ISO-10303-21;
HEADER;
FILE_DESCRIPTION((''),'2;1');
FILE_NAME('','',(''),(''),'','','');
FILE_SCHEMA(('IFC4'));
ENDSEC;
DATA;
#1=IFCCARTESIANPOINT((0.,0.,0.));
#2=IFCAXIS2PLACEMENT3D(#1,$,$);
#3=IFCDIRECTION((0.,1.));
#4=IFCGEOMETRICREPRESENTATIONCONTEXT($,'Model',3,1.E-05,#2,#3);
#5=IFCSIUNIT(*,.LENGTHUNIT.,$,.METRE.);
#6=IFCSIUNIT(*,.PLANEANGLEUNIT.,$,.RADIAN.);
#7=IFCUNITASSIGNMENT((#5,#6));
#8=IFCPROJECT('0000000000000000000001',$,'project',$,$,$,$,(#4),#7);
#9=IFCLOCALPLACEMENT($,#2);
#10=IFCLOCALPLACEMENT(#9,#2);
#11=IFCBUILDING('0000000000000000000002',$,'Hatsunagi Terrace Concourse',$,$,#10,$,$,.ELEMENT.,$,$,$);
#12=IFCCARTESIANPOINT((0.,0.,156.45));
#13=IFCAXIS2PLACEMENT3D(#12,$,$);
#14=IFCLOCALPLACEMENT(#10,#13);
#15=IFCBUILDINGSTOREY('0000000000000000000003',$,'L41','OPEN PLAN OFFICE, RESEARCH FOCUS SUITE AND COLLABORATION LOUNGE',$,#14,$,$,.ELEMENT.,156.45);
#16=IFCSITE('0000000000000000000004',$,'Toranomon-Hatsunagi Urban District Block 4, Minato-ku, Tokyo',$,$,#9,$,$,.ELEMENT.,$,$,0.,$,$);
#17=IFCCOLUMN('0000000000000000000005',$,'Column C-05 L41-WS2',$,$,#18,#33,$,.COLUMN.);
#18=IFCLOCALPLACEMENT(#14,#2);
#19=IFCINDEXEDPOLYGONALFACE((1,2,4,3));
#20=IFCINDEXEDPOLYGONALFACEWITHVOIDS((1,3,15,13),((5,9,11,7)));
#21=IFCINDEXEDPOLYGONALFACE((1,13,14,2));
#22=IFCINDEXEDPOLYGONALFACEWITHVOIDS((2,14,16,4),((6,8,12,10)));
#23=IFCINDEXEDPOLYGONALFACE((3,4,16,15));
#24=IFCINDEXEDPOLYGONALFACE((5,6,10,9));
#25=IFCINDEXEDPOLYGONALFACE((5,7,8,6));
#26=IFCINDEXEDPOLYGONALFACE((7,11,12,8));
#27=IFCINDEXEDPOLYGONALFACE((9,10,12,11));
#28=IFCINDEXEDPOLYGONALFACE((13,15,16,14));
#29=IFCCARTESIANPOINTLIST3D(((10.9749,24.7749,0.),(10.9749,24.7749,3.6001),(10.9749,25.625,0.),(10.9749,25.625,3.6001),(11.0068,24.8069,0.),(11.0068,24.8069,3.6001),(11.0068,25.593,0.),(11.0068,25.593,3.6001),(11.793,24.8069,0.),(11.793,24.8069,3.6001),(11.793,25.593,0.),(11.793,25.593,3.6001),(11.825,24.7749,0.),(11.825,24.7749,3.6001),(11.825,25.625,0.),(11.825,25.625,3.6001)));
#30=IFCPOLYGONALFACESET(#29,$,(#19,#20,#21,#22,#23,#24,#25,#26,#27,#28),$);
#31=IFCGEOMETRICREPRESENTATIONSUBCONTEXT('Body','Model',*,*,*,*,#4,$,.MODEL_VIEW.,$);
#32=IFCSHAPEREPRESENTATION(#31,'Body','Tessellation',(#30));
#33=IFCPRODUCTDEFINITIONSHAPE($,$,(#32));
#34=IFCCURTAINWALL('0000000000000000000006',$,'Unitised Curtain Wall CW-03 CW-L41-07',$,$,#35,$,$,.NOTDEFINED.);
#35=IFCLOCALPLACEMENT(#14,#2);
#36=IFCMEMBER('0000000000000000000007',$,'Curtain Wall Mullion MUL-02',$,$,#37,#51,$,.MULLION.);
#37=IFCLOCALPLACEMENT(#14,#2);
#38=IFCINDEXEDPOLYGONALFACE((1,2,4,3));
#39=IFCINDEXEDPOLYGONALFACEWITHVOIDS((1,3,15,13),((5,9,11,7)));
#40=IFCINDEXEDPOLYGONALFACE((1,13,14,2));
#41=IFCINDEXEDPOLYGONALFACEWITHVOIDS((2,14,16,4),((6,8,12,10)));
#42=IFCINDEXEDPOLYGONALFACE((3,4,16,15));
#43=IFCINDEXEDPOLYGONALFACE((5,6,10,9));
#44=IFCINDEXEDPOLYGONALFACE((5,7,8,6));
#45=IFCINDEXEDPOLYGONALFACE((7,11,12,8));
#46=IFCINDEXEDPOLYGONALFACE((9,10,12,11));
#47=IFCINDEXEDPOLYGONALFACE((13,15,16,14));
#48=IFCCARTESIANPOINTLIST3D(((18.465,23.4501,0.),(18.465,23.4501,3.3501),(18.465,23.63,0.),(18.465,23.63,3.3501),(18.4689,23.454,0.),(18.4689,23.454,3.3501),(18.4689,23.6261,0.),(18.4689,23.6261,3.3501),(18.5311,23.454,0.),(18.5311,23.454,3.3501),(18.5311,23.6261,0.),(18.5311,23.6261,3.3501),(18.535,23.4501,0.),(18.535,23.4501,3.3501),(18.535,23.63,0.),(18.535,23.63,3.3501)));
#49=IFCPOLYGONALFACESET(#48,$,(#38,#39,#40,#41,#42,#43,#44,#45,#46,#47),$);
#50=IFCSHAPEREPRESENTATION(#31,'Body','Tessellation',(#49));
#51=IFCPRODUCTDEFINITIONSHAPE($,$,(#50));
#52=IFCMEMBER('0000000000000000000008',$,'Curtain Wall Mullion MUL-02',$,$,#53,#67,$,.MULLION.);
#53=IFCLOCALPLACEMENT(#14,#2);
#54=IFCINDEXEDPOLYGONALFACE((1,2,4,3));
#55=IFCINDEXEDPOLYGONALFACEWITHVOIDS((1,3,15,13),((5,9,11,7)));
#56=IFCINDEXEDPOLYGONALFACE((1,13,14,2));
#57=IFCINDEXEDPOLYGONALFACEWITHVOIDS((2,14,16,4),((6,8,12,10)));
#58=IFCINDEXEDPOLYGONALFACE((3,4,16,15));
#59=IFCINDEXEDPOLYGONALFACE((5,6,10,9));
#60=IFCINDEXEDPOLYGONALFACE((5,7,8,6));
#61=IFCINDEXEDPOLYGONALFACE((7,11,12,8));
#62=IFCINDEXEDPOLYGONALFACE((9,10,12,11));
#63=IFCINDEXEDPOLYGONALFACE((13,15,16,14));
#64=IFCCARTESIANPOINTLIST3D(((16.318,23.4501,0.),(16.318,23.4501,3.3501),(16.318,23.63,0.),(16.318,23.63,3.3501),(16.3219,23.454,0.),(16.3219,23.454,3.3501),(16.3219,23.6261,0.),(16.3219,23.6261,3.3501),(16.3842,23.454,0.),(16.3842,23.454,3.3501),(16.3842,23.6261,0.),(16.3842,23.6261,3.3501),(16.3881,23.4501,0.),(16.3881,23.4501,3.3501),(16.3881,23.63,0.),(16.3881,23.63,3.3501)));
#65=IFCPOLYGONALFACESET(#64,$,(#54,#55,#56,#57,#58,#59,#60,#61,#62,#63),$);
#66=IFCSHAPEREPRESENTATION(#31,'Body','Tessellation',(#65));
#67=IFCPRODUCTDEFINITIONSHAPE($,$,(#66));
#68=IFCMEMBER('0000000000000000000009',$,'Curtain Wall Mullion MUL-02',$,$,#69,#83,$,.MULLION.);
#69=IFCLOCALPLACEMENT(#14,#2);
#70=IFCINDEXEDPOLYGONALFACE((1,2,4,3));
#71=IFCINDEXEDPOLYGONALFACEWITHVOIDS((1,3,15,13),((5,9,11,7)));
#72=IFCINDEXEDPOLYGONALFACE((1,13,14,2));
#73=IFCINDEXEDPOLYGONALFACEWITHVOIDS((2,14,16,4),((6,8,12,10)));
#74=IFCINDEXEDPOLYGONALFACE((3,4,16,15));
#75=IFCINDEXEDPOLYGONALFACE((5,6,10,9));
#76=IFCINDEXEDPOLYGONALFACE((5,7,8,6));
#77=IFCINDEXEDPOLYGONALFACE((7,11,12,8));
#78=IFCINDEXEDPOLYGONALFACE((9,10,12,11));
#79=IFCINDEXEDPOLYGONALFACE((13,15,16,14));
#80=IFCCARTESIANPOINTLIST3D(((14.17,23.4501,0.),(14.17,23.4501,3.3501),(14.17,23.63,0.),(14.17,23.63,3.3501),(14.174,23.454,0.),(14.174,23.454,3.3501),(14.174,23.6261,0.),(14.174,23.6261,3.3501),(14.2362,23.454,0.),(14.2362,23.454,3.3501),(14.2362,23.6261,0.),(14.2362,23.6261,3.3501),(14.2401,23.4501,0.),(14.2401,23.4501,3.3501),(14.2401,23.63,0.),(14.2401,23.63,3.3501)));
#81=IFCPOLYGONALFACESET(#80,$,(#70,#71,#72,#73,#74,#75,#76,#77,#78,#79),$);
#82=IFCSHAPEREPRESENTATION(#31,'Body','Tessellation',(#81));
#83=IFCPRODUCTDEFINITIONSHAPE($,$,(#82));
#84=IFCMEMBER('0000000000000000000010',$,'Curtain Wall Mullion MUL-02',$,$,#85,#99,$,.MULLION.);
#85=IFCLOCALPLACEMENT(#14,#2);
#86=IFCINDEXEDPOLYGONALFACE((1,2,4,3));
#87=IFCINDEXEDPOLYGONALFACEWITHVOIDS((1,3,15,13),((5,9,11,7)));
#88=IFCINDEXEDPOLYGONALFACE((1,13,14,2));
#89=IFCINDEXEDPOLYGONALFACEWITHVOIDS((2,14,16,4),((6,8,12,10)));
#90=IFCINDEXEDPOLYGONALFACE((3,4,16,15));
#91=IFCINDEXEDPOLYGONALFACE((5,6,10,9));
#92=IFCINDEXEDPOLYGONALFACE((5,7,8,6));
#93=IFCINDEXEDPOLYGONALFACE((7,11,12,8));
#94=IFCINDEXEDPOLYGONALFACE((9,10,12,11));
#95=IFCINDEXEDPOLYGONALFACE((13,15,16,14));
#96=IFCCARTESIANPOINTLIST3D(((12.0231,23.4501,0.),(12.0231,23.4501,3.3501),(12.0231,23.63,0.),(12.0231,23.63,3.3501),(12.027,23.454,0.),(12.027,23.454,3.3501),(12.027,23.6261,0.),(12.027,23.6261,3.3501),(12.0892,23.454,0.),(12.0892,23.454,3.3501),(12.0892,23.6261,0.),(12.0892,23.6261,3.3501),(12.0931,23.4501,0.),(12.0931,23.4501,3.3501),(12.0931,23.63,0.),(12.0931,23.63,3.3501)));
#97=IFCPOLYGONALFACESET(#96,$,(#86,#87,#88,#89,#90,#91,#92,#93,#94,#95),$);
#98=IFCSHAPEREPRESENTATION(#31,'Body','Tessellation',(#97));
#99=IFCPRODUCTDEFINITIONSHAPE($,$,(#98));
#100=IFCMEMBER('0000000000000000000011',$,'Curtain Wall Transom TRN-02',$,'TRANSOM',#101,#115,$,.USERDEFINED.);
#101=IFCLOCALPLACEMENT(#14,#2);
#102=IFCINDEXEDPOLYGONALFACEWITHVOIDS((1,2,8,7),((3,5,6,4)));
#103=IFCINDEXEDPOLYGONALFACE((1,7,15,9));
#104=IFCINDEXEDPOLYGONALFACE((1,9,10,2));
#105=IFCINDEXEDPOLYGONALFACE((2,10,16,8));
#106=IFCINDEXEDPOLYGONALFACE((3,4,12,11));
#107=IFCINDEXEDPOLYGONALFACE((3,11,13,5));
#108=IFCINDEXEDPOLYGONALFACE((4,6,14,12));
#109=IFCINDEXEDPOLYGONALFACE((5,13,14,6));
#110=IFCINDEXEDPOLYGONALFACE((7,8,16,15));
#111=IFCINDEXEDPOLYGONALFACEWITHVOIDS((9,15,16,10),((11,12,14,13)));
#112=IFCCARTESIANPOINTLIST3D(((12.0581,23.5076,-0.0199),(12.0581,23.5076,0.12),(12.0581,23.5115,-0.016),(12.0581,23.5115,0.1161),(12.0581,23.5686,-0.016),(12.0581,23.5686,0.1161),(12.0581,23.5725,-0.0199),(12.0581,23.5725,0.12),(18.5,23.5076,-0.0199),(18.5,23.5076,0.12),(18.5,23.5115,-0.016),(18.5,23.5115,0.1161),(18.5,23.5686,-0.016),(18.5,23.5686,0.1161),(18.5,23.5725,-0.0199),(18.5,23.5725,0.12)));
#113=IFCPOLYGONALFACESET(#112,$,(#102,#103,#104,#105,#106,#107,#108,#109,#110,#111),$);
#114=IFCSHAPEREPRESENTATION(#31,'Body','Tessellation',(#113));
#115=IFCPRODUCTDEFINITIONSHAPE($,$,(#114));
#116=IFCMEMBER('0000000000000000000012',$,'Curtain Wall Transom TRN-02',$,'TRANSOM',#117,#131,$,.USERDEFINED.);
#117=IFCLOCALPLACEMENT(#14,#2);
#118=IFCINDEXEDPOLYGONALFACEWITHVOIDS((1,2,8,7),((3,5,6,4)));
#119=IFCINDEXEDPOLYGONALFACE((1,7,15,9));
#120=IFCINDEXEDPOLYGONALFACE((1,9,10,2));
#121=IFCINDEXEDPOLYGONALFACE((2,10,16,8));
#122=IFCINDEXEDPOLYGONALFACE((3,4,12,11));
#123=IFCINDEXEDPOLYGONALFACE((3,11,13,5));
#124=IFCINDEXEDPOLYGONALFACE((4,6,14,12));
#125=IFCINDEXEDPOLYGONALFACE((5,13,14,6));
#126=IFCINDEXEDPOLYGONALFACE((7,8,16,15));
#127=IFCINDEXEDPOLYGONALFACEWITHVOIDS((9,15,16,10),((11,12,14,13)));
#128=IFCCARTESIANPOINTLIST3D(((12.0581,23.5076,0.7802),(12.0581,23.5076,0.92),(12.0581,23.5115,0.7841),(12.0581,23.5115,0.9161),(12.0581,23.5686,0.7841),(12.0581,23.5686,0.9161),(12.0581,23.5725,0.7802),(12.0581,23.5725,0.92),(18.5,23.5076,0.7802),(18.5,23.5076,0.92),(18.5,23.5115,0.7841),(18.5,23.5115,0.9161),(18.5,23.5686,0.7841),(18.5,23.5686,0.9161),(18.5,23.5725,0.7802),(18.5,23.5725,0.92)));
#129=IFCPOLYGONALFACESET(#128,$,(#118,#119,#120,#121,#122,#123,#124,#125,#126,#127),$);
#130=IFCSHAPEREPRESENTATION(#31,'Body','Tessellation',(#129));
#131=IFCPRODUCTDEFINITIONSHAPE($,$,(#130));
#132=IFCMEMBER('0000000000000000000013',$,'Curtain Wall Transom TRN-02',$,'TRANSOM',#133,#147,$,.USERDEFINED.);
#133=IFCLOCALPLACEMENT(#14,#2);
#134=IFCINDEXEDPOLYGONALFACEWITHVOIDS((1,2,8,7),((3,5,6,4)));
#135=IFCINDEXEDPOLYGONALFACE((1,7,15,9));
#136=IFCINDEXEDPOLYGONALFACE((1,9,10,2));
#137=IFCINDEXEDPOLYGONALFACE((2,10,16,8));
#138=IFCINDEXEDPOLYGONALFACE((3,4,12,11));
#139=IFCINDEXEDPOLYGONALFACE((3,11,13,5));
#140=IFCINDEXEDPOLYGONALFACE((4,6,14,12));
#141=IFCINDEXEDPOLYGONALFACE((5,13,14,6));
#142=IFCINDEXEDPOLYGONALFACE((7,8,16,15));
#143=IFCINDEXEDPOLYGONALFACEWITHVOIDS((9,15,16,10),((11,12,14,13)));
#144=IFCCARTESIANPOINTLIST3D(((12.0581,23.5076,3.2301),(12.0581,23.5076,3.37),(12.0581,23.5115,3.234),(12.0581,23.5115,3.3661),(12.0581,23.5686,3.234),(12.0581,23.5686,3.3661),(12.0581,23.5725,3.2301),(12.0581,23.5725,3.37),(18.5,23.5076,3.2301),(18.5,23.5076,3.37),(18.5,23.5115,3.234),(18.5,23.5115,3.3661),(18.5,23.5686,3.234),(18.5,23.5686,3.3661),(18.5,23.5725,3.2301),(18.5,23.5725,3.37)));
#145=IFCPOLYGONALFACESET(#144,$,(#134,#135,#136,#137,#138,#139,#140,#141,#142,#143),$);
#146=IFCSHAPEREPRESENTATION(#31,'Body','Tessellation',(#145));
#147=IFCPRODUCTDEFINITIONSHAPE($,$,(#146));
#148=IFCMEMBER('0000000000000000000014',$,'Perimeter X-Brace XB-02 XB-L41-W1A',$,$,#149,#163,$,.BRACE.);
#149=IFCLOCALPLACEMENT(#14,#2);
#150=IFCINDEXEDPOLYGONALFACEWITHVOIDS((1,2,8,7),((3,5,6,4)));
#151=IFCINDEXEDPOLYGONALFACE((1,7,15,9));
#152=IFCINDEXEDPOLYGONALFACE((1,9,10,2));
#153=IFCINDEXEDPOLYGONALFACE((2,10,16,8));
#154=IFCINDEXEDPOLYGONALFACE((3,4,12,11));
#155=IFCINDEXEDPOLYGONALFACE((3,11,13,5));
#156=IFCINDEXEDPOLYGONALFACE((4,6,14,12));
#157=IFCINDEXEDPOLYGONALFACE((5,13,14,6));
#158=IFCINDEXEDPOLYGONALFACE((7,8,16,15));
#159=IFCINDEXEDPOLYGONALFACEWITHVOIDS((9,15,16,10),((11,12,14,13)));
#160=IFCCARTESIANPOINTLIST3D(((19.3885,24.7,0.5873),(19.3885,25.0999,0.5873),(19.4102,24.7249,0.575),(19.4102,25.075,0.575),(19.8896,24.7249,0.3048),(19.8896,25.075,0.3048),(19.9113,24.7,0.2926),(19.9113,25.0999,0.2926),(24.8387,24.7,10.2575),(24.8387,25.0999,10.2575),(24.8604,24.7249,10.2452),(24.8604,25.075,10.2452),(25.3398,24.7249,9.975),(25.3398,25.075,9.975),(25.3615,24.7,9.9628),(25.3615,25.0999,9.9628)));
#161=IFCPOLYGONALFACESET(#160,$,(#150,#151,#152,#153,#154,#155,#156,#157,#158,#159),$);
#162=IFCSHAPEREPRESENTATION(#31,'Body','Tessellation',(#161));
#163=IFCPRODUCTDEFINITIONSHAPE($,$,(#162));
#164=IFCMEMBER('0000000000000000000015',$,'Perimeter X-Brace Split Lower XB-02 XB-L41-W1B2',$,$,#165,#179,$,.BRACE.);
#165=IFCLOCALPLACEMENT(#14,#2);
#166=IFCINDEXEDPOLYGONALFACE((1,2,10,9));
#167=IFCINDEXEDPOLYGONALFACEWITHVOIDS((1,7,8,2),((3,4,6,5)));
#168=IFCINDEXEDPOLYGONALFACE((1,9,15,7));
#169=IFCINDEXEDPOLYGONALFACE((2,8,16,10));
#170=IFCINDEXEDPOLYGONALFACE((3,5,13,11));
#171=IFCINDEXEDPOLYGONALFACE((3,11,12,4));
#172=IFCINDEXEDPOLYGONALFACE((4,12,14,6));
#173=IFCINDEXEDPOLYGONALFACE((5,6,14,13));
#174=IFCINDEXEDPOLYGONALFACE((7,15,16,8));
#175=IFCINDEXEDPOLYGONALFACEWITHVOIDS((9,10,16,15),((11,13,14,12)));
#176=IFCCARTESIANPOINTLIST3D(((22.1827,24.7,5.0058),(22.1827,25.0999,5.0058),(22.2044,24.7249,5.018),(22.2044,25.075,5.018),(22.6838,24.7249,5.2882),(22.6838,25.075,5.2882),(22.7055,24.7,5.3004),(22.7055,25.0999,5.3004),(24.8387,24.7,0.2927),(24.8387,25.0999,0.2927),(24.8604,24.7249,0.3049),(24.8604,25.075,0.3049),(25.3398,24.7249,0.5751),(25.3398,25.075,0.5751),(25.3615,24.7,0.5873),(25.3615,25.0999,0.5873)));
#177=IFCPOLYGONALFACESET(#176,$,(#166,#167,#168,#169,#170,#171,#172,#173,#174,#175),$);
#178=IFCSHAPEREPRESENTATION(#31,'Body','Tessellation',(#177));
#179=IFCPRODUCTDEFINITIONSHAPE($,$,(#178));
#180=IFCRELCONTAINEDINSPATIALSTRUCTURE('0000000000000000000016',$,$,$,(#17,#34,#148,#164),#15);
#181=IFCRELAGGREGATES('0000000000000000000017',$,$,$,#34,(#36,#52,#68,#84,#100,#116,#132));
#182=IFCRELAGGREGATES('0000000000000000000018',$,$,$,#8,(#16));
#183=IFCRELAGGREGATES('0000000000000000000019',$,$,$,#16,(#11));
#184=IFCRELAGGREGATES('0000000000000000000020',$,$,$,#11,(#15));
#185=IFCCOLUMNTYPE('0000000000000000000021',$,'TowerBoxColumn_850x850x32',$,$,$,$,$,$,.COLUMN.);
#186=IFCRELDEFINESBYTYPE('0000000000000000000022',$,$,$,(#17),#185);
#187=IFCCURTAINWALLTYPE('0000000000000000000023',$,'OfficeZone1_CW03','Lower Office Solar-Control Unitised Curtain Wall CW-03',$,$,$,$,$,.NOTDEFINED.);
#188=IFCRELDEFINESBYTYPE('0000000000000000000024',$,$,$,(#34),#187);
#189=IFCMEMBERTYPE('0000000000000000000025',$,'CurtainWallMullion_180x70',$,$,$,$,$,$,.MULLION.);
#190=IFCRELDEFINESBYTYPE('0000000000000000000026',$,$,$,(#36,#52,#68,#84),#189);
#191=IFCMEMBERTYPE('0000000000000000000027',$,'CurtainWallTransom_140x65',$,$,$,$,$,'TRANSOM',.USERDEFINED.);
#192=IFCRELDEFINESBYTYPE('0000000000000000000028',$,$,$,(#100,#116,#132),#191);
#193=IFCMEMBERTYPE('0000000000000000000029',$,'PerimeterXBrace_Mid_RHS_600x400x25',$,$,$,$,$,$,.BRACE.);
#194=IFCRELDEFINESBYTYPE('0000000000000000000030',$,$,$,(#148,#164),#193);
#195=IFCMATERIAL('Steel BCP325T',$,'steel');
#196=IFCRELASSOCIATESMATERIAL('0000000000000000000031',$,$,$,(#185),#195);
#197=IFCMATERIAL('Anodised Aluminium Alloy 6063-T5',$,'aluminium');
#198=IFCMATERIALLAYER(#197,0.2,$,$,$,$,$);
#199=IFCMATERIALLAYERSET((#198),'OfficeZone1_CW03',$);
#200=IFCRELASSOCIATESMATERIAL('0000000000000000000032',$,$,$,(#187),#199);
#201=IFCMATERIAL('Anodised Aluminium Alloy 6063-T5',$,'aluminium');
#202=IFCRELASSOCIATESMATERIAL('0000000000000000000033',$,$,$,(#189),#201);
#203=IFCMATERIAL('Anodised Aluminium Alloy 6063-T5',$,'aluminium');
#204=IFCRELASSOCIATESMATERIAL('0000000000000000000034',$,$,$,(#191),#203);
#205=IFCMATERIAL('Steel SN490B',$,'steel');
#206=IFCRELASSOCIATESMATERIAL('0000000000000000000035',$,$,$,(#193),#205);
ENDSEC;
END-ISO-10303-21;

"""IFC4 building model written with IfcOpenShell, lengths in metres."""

from ifc_helpers import new_model, si_unit, direction, frame, origin, origin_2d, place, context, subcontext, project, spatial, hollow_rectangle, extrude, material, layer, layer_set, material_profile, profile_set, type_object, element, aggregate, save


model = new_model("IFC4")

# Units and contexts
model_context = context("Model", 3, precision=1e-05, world=origin(), true_north=direction((0.0, 1.0)))
body_context = subcontext(model_context, "Body", "Model", "MODEL_VIEW")
ifc_project = project(units=[si_unit("LENGTHUNIT", "METRE"), si_unit("PLANEANGLEUNIT", "RADIAN")], contexts=[model_context])

# Site, building, storey
site_placement = place(None, origin())
site = spatial("IfcSite", under=ifc_project, at=site_placement, Name="Toranomon-Hatsunagi Urban District Block 4, Minato-ku, Tokyo", CompositionType="ELEMENT", RefElevation=0.0)
building_placement = place(site_placement, origin())
building = spatial("IfcBuilding", under=site, at=building_placement, Name="Hatsunagi Terrace Concourse", CompositionType="ELEMENT")
storey_placement = place(building_placement, frame((0.0, 0.0, 156.45)))
storey = spatial("IfcBuildingStorey", under=building, at=storey_placement, Name="L41", Description="OPEN PLAN OFFICE, RESEARCH FOCUS SUITE AND COLLABORATION LOUNGE", CompositionType="ELEMENT", Elevation=156.45)

# Column
ifc_material_1 = material(Name="Steel BCP325T", Category="steel")
ifc_material_profile_1 = material_profile(ifc_material_1, hollow_rectangle(XDim=0.8501, YDim=0.8501, WallThickness=0.032, at=origin_2d()), Name="BCP-850x850x32")
ifc_profile_set_1 = profile_set([ifc_material_profile_1], Name="Steel BCP325T")
column_type = type_object("IfcColumnType", Name="TowerBoxColumn_850x850x32", PredefinedType="COLUMN", material=ifc_profile_set_1)
column_placement = place(storey_placement, frame((11.3999, 25.2, 0.0), z_axis=(0.0, 0.0, 1.0), x_axis=(1.0, 0.0, 0.0)))
element("IfcColumn", 1, at=column_placement, inside=storey, type_object=column_type, Name="Column C-05 L41-WS2", PredefinedType="COLUMN", context=body_context, shape_type="SweptSolid", body=[
    extrude(hollow_rectangle(XDim=0.8501, YDim=0.8501, WallThickness=0.032, at=origin_2d()), origin(), (0.0, 0.0, 1.0), 3.6001),
])

# Curtain wall, members
ifc_material_2 = material(Name="Anodised Aluminium Alloy 6063-T5", Category="aluminium")
ifc_layer_1 = layer(ifc_material_2, 0.2)
ifc_layer_set_1 = layer_set([ifc_layer_1], Name="OfficeZone1_CW03")
curtain_wall_type = type_object("IfcCurtainWallType", Name="OfficeZone1_CW03", Description="Lower Office Solar-Control Unitised Curtain Wall CW-03", PredefinedType="NOTDEFINED", material=ifc_layer_set_1)
curtain_wall_placement = place(storey_placement, origin())
curtain_wall = element("IfcCurtainWall", 2, at=curtain_wall_placement, inside=storey, type_object=curtain_wall_type, Name="Unitised Curtain Wall CW-03 CW-L41-07", PredefinedType="NOTDEFINED")
ifc_material_3 = material(Name="Anodised Aluminium Alloy 6063-T5", Category="aluminium")
ifc_material_profile_2 = material_profile(ifc_material_3, hollow_rectangle(XDim=0.0701, YDim=0.1799, WallThickness=0.0039, at=origin_2d()), Name="ALU-MUL-180x70x4")
ifc_profile_set_2 = profile_set([ifc_material_profile_2], Name="Anodised Aluminium Alloy 6063-T5")
member_type_1 = type_object("IfcMemberType", Name="CurtainWallMullion_180x70", PredefinedType="MULLION", material=ifc_profile_set_2)
member_1_placement = place(storey_placement, frame((18.5, 23.54, 0.0), z_axis=(0.0, 0.0, 1.0), x_axis=(-1.0, 0.0, 0.0)))
member_1 = element("IfcMember", 3, at=member_1_placement, type_object=member_type_1, Name="Curtain Wall Mullion MUL-02", PredefinedType="MULLION", context=body_context, shape_type="SweptSolid", body=[
    extrude(hollow_rectangle(XDim=0.0701, YDim=0.1799, WallThickness=0.0039, at=origin_2d()), origin(), (0.0, 0.0, 1.0), 3.3501),
])
member_2_placement = place(storey_placement, frame((16.353, 23.54, 0.0), z_axis=(0.0, 0.0, 1.0), x_axis=(-1.0, 0.0, 0.0)))
member_2 = element("IfcMember", 4, at=member_2_placement, type_object=member_type_1, Name="Curtain Wall Mullion MUL-02", PredefinedType="MULLION", context=body_context, shape_type="SweptSolid", body=[
    extrude(hollow_rectangle(XDim=0.0701, YDim=0.1799, WallThickness=0.0039, at=origin_2d()), origin(), (0.0, 0.0, 1.0), 3.3501),
])
member_3_placement = place(storey_placement, frame((14.2051, 23.54, 0.0), z_axis=(0.0, 0.0, 1.0), x_axis=(-1.0, 0.0, 0.0)))
member_3 = element("IfcMember", 5, at=member_3_placement, type_object=member_type_1, Name="Curtain Wall Mullion MUL-02", PredefinedType="MULLION", context=body_context, shape_type="SweptSolid", body=[
    extrude(hollow_rectangle(XDim=0.0701, YDim=0.1799, WallThickness=0.0039, at=origin_2d()), origin(), (0.0, 0.0, 1.0), 3.3501),
])
member_4_placement = place(storey_placement, frame((12.0581, 23.54, 0.0), z_axis=(0.0, 0.0, 1.0), x_axis=(-1.0, 0.0, 0.0)))
member_4 = element("IfcMember", 6, at=member_4_placement, type_object=member_type_1, Name="Curtain Wall Mullion MUL-02", PredefinedType="MULLION", context=body_context, shape_type="SweptSolid", body=[
    extrude(hollow_rectangle(XDim=0.0701, YDim=0.1799, WallThickness=0.0039, at=origin_2d()), origin(), (0.0, 0.0, 1.0), 3.3501),
])
ifc_material_4 = material(Name="Anodised Aluminium Alloy 6063-T5", Category="aluminium")
ifc_material_profile_3 = material_profile(ifc_material_4, hollow_rectangle(XDim=0.0649, YDim=0.1399, WallThickness=0.0039, at=origin_2d()), Name="ALU-TRN-140x65x4")
ifc_profile_set_3 = profile_set([ifc_material_profile_3], Name="Anodised Aluminium Alloy 6063-T5")
member_type_2 = type_object("IfcMemberType", Name="CurtainWallTransom_140x65", ElementType="TRANSOM", PredefinedType="USERDEFINED", material=ifc_profile_set_3)
member_5_placement = place(storey_placement, frame((18.5, 23.54, 0.05), z_axis=(-1.0, 0.0, 0.0), x_axis=(0.0, -1.0, 0.0)))
member_5 = element("IfcMember", 7, at=member_5_placement, type_object=member_type_2, Name="Curtain Wall Transom TRN-02", ObjectType="TRANSOM", PredefinedType="USERDEFINED", context=body_context, shape_type="SweptSolid", body=[
    extrude(hollow_rectangle(XDim=0.0649, YDim=0.1399, WallThickness=0.0039, at=origin_2d()), origin(), (0.0, 0.0, 1.0), 6.4419),
])
member_6_placement = place(storey_placement, frame((18.5, 23.54, 0.8501), z_axis=(-1.0, 0.0, 0.0), x_axis=(0.0, -1.0, 0.0)))
member_6 = element("IfcMember", 8, at=member_6_placement, type_object=member_type_2, Name="Curtain Wall Transom TRN-02", ObjectType="TRANSOM", PredefinedType="USERDEFINED", context=body_context, shape_type="SweptSolid", body=[
    extrude(hollow_rectangle(XDim=0.0649, YDim=0.1399, WallThickness=0.0039, at=origin_2d()), origin(), (0.0, 0.0, 1.0), 6.4419),
])
member_7_placement = place(storey_placement, frame((18.5, 23.54, 3.3), z_axis=(-1.0, 0.0, 0.0), x_axis=(0.0, -1.0, 0.0)))
member_7 = element("IfcMember", 9, at=member_7_placement, type_object=member_type_2, Name="Curtain Wall Transom TRN-02", ObjectType="TRANSOM", PredefinedType="USERDEFINED", context=body_context, shape_type="SweptSolid", body=[
    extrude(hollow_rectangle(XDim=0.0649, YDim=0.1399, WallThickness=0.0039, at=origin_2d()), origin(), (0.0, 0.0, 1.0), 6.4419),
])

# Members
ifc_material_5 = material(Name="Steel SN490B", Category="steel")
ifc_material_profile_4 = material_profile(ifc_material_5, hollow_rectangle(XDim=0.3999, YDim=0.6001, WallThickness=0.0249, at=origin_2d()), Name="RHS-600x400x25")
ifc_profile_set_4 = profile_set([ifc_material_profile_4], Name="Steel SN490B")
member_type_3 = type_object("IfcMemberType", Name="PerimeterXBrace_Mid_RHS_600x400x25", PredefinedType="BRACE", material=ifc_profile_set_4)
member_8_placement = place(storey_placement, frame((19.6499, 24.8999, 0.4399), z_axis=(0.490995, 0.0, 0.871162), x_axis=(0.0, 1.0, 0.0)))
element("IfcMember", 10, at=member_8_placement, inside=storey, type_object=member_type_3, Name="Perimeter X-Brace XB-02 XB-L41-W1A", PredefinedType="BRACE", context=body_context, shape_type="SweptSolid", body=[
    extrude(hollow_rectangle(XDim=0.3999, YDim=0.6001, WallThickness=0.0249, at=origin_2d()), origin(), (0.0, 0.0, 1.0), 11.1003),
])
member_9_placement = place(storey_placement, frame((22.4441, 24.8999, 5.1531), z_axis=(0.490945, 0.0, -0.871191), x_axis=(0.0, 1.0, 0.0)))
element("IfcMember", 11, at=member_9_placement, inside=storey, type_object=member_type_3, Name="Perimeter X-Brace Split Lower XB-02 XB-L41-W1B2", PredefinedType="BRACE", context=body_context, shape_type="SweptSolid", body=[
    extrude(hollow_rectangle(XDim=0.3999, YDim=0.6001, WallThickness=0.0249, at=origin_2d()), origin(), (0.0, 0.0, 1.0), 5.4099),
])

aggregate(curtain_wall, [member_1, member_2, member_3, member_4, member_5, member_6, member_7])

save(model, "model.ifc")
